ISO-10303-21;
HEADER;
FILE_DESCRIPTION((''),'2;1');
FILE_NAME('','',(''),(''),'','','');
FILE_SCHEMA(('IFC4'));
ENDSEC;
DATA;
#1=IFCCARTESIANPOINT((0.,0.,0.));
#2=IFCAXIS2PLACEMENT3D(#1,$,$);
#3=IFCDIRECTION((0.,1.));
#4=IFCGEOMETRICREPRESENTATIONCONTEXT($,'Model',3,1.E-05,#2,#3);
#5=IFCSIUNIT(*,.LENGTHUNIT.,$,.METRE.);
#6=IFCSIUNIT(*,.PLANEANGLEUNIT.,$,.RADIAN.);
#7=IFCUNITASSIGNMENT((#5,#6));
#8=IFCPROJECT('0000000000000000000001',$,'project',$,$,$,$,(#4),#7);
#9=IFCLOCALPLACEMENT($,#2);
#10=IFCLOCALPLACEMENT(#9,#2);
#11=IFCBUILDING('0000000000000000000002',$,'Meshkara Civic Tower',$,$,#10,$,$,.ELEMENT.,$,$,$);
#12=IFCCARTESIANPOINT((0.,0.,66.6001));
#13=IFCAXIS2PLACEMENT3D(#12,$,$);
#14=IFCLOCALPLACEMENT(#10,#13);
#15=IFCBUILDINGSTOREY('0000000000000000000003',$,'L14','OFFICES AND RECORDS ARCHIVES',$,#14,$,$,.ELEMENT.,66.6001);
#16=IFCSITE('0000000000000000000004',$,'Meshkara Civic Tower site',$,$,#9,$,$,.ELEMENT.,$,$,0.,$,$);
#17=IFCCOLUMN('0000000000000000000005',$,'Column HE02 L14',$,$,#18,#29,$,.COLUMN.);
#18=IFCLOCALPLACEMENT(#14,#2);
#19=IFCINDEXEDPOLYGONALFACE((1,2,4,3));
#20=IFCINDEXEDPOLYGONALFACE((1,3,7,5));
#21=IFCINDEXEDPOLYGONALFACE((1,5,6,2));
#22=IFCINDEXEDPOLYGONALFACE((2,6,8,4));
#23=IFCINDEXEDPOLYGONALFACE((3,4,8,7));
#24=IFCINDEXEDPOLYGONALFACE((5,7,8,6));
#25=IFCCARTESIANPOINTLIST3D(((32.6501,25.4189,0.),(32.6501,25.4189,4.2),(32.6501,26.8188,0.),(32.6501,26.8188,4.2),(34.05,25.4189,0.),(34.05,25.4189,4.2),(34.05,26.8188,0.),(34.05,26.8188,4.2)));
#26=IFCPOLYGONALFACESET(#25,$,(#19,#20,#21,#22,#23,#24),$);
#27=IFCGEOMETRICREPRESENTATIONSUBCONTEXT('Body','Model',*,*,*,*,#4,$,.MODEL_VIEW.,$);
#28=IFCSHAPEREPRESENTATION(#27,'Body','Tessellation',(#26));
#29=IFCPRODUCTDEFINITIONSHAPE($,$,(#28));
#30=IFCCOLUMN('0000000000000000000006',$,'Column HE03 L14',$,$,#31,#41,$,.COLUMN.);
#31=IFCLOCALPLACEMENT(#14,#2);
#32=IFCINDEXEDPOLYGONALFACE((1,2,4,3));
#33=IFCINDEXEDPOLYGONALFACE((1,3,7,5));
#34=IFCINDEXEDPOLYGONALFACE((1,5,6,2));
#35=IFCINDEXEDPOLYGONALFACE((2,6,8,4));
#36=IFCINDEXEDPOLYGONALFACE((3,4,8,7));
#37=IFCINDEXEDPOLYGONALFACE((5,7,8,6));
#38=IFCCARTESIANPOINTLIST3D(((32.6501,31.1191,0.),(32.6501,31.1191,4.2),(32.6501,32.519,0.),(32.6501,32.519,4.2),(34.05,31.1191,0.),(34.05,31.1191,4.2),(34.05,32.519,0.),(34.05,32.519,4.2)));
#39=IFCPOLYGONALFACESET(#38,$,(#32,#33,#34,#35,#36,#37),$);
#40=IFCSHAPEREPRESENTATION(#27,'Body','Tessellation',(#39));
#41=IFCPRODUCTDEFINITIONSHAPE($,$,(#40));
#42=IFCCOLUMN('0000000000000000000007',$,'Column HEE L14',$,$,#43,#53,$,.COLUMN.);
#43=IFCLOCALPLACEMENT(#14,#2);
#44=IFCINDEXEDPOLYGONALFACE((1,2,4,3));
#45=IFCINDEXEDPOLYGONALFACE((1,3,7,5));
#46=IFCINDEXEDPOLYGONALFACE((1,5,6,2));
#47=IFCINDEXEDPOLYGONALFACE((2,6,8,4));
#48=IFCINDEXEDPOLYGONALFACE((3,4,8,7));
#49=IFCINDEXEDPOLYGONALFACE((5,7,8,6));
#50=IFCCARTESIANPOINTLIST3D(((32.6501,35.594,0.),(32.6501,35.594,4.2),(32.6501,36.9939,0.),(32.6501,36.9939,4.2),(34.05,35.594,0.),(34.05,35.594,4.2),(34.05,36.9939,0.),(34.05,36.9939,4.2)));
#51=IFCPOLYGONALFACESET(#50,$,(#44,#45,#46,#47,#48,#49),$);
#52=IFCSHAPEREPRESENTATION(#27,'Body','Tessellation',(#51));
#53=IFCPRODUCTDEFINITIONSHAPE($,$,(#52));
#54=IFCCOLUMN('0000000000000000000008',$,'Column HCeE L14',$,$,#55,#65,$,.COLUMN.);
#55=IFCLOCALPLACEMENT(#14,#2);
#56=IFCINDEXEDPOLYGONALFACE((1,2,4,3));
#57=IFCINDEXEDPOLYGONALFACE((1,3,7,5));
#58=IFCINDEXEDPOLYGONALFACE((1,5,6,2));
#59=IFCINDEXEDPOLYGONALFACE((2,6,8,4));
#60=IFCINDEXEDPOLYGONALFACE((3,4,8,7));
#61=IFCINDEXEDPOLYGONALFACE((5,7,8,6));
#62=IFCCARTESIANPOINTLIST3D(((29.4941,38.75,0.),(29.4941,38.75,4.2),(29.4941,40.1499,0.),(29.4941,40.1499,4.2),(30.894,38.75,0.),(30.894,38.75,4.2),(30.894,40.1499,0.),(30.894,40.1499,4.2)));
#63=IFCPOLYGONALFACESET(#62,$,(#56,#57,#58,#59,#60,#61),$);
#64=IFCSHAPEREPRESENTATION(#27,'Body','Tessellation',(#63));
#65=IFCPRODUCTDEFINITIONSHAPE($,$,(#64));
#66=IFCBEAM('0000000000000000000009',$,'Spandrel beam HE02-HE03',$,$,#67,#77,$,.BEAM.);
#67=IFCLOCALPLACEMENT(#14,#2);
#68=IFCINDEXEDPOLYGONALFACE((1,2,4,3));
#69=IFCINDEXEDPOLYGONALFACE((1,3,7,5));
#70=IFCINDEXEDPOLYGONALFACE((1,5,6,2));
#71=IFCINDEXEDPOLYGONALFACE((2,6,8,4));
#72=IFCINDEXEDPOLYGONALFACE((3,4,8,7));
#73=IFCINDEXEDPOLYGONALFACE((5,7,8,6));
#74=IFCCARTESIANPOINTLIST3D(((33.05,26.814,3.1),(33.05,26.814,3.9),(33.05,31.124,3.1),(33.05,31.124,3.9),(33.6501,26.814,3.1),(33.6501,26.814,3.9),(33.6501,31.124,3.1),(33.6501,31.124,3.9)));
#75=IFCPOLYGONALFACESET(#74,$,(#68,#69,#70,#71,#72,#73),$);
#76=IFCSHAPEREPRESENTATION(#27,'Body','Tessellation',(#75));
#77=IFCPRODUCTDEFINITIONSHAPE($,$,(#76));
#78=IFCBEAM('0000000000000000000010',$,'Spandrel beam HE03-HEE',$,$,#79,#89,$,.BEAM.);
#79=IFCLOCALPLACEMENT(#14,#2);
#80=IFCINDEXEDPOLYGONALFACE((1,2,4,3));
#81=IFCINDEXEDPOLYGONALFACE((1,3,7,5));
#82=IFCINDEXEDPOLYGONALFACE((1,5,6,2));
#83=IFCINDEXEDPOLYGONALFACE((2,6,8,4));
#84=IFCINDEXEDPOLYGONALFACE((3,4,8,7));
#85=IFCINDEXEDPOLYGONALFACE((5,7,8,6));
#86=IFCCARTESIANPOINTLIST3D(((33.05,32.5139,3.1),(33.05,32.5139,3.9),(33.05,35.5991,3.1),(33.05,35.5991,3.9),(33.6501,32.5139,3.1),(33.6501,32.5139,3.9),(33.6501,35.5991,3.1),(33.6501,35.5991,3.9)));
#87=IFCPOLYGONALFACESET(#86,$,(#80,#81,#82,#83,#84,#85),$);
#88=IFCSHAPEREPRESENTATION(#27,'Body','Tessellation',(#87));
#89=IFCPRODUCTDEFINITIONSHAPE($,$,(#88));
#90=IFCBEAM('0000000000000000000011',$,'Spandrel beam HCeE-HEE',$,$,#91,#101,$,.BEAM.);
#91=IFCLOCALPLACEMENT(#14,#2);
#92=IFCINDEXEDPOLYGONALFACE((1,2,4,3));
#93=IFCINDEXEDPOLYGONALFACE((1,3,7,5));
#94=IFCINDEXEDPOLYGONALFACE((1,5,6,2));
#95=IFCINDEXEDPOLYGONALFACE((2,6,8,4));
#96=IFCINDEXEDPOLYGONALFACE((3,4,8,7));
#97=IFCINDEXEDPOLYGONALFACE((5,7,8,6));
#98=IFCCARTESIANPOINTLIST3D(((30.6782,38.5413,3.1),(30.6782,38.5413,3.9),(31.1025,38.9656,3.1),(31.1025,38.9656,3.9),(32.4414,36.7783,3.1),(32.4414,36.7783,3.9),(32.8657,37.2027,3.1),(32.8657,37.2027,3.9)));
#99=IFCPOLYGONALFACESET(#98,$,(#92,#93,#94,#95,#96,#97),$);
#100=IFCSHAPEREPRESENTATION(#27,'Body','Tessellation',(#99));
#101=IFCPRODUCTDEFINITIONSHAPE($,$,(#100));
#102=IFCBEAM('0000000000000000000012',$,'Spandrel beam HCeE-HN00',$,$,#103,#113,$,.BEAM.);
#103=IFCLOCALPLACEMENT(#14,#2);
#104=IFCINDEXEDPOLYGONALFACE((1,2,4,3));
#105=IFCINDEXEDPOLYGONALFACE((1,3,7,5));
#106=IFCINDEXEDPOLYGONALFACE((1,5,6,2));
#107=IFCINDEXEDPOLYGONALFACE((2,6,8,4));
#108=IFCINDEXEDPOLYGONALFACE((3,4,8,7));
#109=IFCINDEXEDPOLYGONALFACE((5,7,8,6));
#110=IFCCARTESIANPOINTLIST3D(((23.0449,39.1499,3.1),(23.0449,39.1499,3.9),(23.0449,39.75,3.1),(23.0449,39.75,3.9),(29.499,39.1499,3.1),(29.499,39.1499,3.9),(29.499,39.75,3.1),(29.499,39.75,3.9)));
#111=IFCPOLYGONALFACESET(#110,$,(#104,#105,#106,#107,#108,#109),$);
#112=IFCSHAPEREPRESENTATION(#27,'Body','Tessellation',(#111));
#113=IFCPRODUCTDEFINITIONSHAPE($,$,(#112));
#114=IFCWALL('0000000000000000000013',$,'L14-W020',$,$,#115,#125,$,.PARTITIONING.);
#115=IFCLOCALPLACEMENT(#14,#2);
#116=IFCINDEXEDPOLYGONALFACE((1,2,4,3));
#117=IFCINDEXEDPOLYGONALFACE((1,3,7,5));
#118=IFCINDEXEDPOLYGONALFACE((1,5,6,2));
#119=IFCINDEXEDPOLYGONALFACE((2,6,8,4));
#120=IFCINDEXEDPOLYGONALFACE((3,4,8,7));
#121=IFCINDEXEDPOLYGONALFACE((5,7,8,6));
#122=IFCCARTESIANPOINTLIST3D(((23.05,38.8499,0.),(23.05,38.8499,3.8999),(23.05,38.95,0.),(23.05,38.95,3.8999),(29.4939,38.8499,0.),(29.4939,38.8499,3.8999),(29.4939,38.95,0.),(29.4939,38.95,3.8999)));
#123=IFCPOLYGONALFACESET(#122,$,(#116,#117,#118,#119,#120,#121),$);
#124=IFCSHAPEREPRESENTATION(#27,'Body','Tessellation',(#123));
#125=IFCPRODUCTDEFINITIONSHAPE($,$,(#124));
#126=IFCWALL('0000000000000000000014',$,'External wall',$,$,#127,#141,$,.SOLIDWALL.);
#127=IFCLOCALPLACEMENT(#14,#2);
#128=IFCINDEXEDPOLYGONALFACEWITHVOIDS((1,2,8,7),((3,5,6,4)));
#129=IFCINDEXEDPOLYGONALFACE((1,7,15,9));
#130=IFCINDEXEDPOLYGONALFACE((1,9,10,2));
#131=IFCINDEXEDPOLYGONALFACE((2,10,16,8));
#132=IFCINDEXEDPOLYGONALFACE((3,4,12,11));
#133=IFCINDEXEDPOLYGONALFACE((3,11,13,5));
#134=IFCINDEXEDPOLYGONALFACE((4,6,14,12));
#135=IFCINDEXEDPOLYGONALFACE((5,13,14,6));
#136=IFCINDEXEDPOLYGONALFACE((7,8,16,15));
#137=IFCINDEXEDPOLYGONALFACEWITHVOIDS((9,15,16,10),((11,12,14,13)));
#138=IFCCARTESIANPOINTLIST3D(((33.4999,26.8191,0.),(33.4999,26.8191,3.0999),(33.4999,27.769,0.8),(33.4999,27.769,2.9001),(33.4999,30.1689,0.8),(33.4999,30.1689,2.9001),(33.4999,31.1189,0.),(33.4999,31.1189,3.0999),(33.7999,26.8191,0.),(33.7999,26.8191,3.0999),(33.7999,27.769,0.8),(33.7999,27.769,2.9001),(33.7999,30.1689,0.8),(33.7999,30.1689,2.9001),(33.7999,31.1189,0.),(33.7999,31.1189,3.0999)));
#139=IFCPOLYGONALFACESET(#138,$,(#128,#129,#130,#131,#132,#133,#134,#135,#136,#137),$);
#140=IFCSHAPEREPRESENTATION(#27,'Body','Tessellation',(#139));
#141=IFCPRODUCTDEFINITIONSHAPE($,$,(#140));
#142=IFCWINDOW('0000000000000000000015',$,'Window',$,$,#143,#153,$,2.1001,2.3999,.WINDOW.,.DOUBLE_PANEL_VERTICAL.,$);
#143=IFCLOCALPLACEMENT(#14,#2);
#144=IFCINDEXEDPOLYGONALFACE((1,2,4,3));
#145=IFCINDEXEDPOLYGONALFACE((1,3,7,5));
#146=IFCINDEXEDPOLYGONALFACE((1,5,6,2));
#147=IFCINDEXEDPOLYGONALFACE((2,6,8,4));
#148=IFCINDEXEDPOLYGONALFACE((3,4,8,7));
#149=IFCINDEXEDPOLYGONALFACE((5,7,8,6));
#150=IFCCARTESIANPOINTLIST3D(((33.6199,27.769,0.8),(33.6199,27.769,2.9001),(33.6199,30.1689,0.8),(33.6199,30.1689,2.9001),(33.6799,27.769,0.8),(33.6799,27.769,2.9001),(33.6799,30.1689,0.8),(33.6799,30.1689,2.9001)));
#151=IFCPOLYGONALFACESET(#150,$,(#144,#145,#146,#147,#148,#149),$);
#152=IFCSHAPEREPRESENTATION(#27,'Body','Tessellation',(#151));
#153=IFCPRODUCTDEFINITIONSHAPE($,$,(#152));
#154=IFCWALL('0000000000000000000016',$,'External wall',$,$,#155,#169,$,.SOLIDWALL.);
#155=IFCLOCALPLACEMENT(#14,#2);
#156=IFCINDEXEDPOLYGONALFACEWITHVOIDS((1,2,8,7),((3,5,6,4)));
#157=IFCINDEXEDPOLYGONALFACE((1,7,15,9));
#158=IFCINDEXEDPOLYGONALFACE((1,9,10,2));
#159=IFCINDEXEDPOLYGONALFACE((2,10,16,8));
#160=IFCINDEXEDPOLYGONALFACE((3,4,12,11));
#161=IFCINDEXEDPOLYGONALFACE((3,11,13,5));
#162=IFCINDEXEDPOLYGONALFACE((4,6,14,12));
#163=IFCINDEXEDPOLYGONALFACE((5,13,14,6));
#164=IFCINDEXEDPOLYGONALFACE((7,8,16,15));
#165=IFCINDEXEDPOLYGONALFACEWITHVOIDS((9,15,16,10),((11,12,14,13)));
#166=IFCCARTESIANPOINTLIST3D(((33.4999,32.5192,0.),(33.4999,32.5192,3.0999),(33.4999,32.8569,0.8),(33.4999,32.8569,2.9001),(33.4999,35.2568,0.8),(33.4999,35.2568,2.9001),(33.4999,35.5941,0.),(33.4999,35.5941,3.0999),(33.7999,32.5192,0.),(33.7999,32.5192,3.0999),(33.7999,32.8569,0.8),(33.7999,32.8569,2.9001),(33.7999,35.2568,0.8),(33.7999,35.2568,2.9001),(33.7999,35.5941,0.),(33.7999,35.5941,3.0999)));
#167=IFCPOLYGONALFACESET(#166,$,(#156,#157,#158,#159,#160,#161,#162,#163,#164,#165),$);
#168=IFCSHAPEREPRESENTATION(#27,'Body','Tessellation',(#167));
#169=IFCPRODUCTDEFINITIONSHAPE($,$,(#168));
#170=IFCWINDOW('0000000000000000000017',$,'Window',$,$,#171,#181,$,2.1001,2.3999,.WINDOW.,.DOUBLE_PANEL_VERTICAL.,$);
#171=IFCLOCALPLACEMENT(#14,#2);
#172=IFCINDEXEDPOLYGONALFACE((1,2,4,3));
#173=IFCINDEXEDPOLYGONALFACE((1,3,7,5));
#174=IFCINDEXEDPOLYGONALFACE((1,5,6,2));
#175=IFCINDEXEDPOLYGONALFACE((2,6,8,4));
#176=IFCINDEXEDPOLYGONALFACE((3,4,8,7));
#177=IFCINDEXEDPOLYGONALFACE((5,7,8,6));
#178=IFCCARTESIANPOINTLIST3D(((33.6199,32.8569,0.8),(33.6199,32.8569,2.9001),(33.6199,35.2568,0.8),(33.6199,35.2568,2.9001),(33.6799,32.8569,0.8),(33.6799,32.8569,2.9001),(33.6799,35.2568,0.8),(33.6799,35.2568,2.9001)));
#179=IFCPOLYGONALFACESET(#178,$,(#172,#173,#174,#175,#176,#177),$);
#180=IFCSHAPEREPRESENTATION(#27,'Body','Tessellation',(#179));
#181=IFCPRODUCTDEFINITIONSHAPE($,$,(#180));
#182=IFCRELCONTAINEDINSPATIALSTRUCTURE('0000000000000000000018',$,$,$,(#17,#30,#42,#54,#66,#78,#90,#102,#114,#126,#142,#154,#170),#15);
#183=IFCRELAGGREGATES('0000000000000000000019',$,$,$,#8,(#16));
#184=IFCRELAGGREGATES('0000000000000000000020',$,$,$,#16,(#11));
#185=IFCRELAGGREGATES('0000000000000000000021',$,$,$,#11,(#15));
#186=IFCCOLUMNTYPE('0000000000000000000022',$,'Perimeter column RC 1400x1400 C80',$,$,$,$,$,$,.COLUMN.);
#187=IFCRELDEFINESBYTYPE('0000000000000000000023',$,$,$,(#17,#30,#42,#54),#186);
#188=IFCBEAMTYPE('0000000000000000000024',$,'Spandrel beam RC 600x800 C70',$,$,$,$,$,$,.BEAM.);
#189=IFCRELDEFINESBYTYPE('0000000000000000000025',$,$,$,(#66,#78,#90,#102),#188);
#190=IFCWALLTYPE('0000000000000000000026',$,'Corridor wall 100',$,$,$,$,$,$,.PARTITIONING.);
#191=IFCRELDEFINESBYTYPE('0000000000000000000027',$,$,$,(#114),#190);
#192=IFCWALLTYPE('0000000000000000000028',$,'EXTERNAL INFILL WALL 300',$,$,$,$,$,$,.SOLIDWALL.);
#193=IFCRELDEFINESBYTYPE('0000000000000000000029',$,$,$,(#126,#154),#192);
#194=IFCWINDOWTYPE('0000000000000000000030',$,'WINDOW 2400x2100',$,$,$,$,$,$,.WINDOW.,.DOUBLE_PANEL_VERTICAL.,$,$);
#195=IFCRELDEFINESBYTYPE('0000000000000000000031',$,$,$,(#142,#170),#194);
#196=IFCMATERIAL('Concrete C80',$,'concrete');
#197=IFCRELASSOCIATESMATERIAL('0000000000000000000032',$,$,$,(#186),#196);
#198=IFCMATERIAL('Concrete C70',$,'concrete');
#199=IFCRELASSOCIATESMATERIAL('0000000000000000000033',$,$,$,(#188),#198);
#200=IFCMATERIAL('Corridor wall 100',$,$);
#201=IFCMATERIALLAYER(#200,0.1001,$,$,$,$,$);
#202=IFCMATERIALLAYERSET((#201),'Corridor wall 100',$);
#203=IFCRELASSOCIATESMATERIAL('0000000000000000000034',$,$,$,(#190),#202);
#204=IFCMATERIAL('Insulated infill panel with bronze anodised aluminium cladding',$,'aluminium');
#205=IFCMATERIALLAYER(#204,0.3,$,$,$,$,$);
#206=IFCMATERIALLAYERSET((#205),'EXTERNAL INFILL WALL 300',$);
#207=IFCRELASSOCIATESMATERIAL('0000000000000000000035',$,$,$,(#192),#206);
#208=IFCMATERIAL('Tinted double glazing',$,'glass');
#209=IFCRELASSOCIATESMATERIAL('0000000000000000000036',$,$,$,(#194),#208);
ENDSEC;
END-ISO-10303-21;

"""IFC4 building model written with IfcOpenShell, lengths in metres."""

from ifc_helpers import new_model, si_unit, direction, frame, frame_2d, origin, origin_2d, place, context, subcontext, project, spatial, rectangle, extrude, material, layer, layer_set, material_profile, profile_set, type_object, element, fill, save


model = new_model("IFC4")

# Units and contexts
model_context = context("Model", 3, precision=1e-05, world=origin(), true_north=direction((0.0, 1.0)))
body_context = subcontext(model_context, "Body", "Model", "MODEL_VIEW")
ifc_project = project(units=[si_unit("LENGTHUNIT", "METRE"), si_unit("PLANEANGLEUNIT", "RADIAN")], contexts=[model_context])

# Site, building, storey
site_placement = place(None, origin())
site = spatial("IfcSite", under=ifc_project, at=site_placement, Name="Meshkara Civic Tower site", CompositionType="ELEMENT", RefElevation=0.0)
building_placement = place(site_placement, origin())
building = spatial("IfcBuilding", under=site, at=building_placement, Name="Meshkara Civic Tower", CompositionType="ELEMENT")
storey_placement = place(building_placement, frame((0.0, 0.0, 66.6001)))
storey = spatial("IfcBuildingStorey", under=building, at=storey_placement, Name="L14", Description="OFFICES AND RECORDS ARCHIVES", CompositionType="ELEMENT", Elevation=66.6001)

# Columns
ifc_material_1 = material(Name="Concrete C80", Category="concrete")
ifc_material_profile_1 = material_profile(ifc_material_1, rectangle(XDim=1.3999, YDim=1.3999, at=origin_2d()))
ifc_profile_set_1 = profile_set([ifc_material_profile_1], Name="Concrete C80")
column_type = type_object("IfcColumnType", Name="Perimeter column RC 1400x1400 C80", PredefinedType="COLUMN", material=ifc_profile_set_1)
for number, where, z_axis, x_axis, name in (
    (1, (33.3501, 26.1189, 0.0), (0.0, 0.0, 1.0), (1.0, 0.0, 0.0), "Column HE02 L14"),
    (2, (33.3501, 31.8191, 0.0), (0.0, 0.0, 1.0), (1.0, 0.0, 0.0), "Column HE03 L14"),
    (3, (33.3501, 36.2939, 0.0), (0.0, 0.0, 1.0), (1.0, 0.0, 0.0), "Column HEE L14"),
    (4, (30.1941, 39.45, 0.0), (0.0, 0.0, 1.0), (1.0, 0.0, 0.0), "Column HCeE L14"),
):
    element("IfcColumn", number, at=place(storey_placement, frame(where, z_axis=z_axis, x_axis=x_axis)), inside=storey, type_object=column_type, Name=name, PredefinedType="COLUMN", context=body_context, shape_type="SweptSolid", body=[
        extrude(rectangle(XDim=1.3999, YDim=1.3999, at=origin_2d()), origin(), (0.0, 0.0, 1.0), 4.2),
    ])

# Beams
ifc_material_2 = material(Name="Concrete C70", Category="concrete")
ifc_material_profile_2 = material_profile(ifc_material_2, rectangle(XDim=0.6001, YDim=0.8, at=origin_2d()))
ifc_profile_set_2 = profile_set([ifc_material_profile_2], Name="Concrete C70")
beam_type = type_object("IfcBeamType", Name="Spandrel beam RC 600x800 C70", PredefinedType="BEAM", material=ifc_profile_set_2)
beam_1_placement = place(storey_placement, frame((33.3501, 26.814, 3.5), z_axis=(0.0, 1.0, 0.0), x_axis=(-1.0, 0.0, 0.0)))
element("IfcBeam", 5, at=beam_1_placement, inside=storey, type_object=beam_type, Name="Spandrel beam HE02-HE03", PredefinedType="BEAM", context=body_context, shape_type="SweptSolid", body=[
    extrude(rectangle(XDim=0.6001, YDim=0.8, at=origin_2d()), origin(), (0.0, 0.0, 1.0), 4.3101),
])
beam_2_placement = place(storey_placement, frame((33.3501, 32.5139, 3.5), z_axis=(0.0, 1.0, 0.0), x_axis=(-1.0, 0.0, 0.0)))
element("IfcBeam", 6, at=beam_2_placement, inside=storey, type_object=beam_type, Name="Spandrel beam HE03-HEE", PredefinedType="BEAM", context=body_context, shape_type="SweptSolid", body=[
    extrude(rectangle(XDim=0.6001, YDim=0.8, at=origin_2d()), origin(), (0.0, 0.0, 1.0), 3.0852),
])
beam_3_placement = place(storey_placement, frame((32.6536, 36.9905, 3.5), z_axis=(-0.707156, 0.707058, 0.0), x_axis=(-0.707058, -0.707156, 0.0)))
element("IfcBeam", 7, at=beam_3_placement, inside=storey, type_object=beam_type, Name="Spandrel beam HCeE-HEE", PredefinedType="BEAM", context=body_context, shape_type="SweptSolid", body=[
    extrude(rectangle(XDim=0.6001, YDim=0.8, at=origin_2d()), origin(), (0.0, 0.0, 1.0), 2.4934),
])
beam_4_placement = place(storey_placement, frame((29.499, 39.45, 3.5), z_axis=(-1.0, 0.0, 0.0), x_axis=(0.0, -1.0, 0.0)))
element("IfcBeam", 8, at=beam_4_placement, inside=storey, type_object=beam_type, Name="Spandrel beam HCeE-HN00", PredefinedType="BEAM", context=body_context, shape_type="SweptSolid", body=[
    extrude(rectangle(XDim=0.6001, YDim=0.8, at=origin_2d()), origin(), (0.0, 0.0, 1.0), 6.4541),
])

# Wall
ifc_material_3 = material(Name="Corridor wall 100")
ifc_layer_1 = layer(ifc_material_3, 0.1001)
ifc_layer_set_1 = layer_set([ifc_layer_1], Name="Corridor wall 100")
wall_type_1 = type_object("IfcWallType", Name="Corridor wall 100", PredefinedType="PARTITIONING", material=ifc_layer_set_1)
wall_1_placement = place(storey_placement, frame((29.4939, 38.8999, 0.0), z_axis=(0.0, 0.0, 1.0), x_axis=(-1.0, 0.0, 0.0)))
element("IfcWall", 9, at=wall_1_placement, inside=storey, type_object=wall_type_1, Name="L14-W020", PredefinedType="PARTITIONING", context=body_context, shape_type="SweptSolid", body=[
    extrude(rectangle(XDim=6.4438, YDim=0.1001, at=frame_2d((3.2219, 0.0))), origin(), (0.0, 0.0, 1.0), 3.8999),
])

# Walls, openings, windows
ifc_material_4 = material(Name="Insulated infill panel with bronze anodised aluminium cladding", Category="aluminium")
ifc_layer_2 = layer(ifc_material_4, 0.3)
ifc_layer_set_2 = layer_set([ifc_layer_2], Name="EXTERNAL INFILL WALL 300")
wall_type_2 = type_object("IfcWallType", Name="EXTERNAL INFILL WALL 300", PredefinedType="SOLIDWALL", material=ifc_layer_set_2)
wall_2_placement = place(storey_placement, frame((33.6499, 26.8191, 0.0), z_axis=(0.0, 0.0, 1.0), x_axis=(0.0, 1.0, 0.0)))
wall_2 = element("IfcWall", 10, at=wall_2_placement, inside=storey, type_object=wall_type_2, Name="External wall", PredefinedType="SOLIDWALL", context=body_context, shape_type="SweptSolid", body=[
    extrude(rectangle(XDim=4.2998, YDim=0.3, at=frame_2d((2.1499, 0.0))), origin(), (0.0, 0.0, 1.0), 3.0999),
])
opening_1_placement = place(wall_2_placement, frame((0.95, 0.0, 0.8)))
opening_1 = element("IfcOpeningElement", 11, at=opening_1_placement, cuts=wall_2, PredefinedType="OPENING", context=body_context, shape_type="SweptSolid", body=[
    extrude(rectangle(XDim=2.3999, YDim=2.1001, at=frame_2d((1.2, 1.05))), frame((0.0, 0.1599, 0.0), z_axis=(0.0, -1.0, 0.0), x_axis=(1.0, 0.0, 0.0)), (0.0, 0.0, 1.0), 0.3201),
])
ifc_material_5 = material(Name="Tinted double glazing", Category="glass")
window_type_1 = type_object("IfcWindowType", Name="WINDOW 2400x2100", PartitioningType="DOUBLE_PANEL_VERTICAL", PredefinedType="WINDOW", material=ifc_material_5)
window_1_placement = place(opening_1_placement, origin())
window_1 = element("IfcWindow", 12, at=window_1_placement, inside=storey, type_object=window_type_1, Name="Window", OverallHeight=2.1001, OverallWidth=2.3999, PartitioningType="DOUBLE_PANEL_VERTICAL", PredefinedType="WINDOW", context=body_context, shape_type="SweptSolid", body=[
    extrude(rectangle(XDim=2.3999, YDim=2.1001, at=frame_2d((1.2, 1.05))), frame((0.0, 0.03, 0.0), z_axis=(0.0, -1.0, 0.0), x_axis=(1.0, 0.0, 0.0)), (0.0, 0.0, 1.0), 0.0601),
])
fill(opening_1, window_1)
wall_3_placement = place(storey_placement, frame((33.6499, 32.519, 0.0), z_axis=(0.0, 0.0, 1.0), x_axis=(0.0, 1.0, 0.0)))
wall_3 = element("IfcWall", 13, at=wall_3_placement, inside=storey, type_object=wall_type_2, Name="External wall", PredefinedType="SOLIDWALL", context=body_context, shape_type="SweptSolid", body=[
    extrude(rectangle(XDim=3.075, YDim=0.3, at=frame_2d((1.5376, 0.0))), origin(), (0.0, 0.0, 1.0), 3.0999),
])
opening_2_placement = place(wall_3_placement, frame((0.3379, 0.0, 0.8)))
opening_2 = element("IfcOpeningElement", 14, at=opening_2_placement, cuts=wall_3, PredefinedType="OPENING", context=body_context, shape_type="SweptSolid", body=[
    extrude(rectangle(XDim=2.3999, YDim=2.1001, at=frame_2d((1.2, 1.05))), frame((0.0, 0.1599, 0.0), z_axis=(0.0, -1.0, 0.0), x_axis=(1.0, 0.0, 0.0)), (0.0, 0.0, 1.0), 0.3201),
])
window_2_placement = place(opening_2_placement, origin())
window_2 = element("IfcWindow", 15, at=window_2_placement, inside=storey, type_object=window_type_1, Name="Window", OverallHeight=2.1001, OverallWidth=2.3999, PartitioningType="DOUBLE_PANEL_VERTICAL", PredefinedType="WINDOW", context=body_context, shape_type="SweptSolid", body=[
    extrude(rectangle(XDim=2.3999, YDim=2.1001, at=frame_2d((1.2, 1.05))), frame((0.0, 0.03, 0.0), z_axis=(0.0, -1.0, 0.0), x_axis=(1.0, 0.0, 0.0)), (0.0, 0.0, 1.0), 0.0601),
])
fill(opening_2, window_2)

save(model, "model.ifc")
